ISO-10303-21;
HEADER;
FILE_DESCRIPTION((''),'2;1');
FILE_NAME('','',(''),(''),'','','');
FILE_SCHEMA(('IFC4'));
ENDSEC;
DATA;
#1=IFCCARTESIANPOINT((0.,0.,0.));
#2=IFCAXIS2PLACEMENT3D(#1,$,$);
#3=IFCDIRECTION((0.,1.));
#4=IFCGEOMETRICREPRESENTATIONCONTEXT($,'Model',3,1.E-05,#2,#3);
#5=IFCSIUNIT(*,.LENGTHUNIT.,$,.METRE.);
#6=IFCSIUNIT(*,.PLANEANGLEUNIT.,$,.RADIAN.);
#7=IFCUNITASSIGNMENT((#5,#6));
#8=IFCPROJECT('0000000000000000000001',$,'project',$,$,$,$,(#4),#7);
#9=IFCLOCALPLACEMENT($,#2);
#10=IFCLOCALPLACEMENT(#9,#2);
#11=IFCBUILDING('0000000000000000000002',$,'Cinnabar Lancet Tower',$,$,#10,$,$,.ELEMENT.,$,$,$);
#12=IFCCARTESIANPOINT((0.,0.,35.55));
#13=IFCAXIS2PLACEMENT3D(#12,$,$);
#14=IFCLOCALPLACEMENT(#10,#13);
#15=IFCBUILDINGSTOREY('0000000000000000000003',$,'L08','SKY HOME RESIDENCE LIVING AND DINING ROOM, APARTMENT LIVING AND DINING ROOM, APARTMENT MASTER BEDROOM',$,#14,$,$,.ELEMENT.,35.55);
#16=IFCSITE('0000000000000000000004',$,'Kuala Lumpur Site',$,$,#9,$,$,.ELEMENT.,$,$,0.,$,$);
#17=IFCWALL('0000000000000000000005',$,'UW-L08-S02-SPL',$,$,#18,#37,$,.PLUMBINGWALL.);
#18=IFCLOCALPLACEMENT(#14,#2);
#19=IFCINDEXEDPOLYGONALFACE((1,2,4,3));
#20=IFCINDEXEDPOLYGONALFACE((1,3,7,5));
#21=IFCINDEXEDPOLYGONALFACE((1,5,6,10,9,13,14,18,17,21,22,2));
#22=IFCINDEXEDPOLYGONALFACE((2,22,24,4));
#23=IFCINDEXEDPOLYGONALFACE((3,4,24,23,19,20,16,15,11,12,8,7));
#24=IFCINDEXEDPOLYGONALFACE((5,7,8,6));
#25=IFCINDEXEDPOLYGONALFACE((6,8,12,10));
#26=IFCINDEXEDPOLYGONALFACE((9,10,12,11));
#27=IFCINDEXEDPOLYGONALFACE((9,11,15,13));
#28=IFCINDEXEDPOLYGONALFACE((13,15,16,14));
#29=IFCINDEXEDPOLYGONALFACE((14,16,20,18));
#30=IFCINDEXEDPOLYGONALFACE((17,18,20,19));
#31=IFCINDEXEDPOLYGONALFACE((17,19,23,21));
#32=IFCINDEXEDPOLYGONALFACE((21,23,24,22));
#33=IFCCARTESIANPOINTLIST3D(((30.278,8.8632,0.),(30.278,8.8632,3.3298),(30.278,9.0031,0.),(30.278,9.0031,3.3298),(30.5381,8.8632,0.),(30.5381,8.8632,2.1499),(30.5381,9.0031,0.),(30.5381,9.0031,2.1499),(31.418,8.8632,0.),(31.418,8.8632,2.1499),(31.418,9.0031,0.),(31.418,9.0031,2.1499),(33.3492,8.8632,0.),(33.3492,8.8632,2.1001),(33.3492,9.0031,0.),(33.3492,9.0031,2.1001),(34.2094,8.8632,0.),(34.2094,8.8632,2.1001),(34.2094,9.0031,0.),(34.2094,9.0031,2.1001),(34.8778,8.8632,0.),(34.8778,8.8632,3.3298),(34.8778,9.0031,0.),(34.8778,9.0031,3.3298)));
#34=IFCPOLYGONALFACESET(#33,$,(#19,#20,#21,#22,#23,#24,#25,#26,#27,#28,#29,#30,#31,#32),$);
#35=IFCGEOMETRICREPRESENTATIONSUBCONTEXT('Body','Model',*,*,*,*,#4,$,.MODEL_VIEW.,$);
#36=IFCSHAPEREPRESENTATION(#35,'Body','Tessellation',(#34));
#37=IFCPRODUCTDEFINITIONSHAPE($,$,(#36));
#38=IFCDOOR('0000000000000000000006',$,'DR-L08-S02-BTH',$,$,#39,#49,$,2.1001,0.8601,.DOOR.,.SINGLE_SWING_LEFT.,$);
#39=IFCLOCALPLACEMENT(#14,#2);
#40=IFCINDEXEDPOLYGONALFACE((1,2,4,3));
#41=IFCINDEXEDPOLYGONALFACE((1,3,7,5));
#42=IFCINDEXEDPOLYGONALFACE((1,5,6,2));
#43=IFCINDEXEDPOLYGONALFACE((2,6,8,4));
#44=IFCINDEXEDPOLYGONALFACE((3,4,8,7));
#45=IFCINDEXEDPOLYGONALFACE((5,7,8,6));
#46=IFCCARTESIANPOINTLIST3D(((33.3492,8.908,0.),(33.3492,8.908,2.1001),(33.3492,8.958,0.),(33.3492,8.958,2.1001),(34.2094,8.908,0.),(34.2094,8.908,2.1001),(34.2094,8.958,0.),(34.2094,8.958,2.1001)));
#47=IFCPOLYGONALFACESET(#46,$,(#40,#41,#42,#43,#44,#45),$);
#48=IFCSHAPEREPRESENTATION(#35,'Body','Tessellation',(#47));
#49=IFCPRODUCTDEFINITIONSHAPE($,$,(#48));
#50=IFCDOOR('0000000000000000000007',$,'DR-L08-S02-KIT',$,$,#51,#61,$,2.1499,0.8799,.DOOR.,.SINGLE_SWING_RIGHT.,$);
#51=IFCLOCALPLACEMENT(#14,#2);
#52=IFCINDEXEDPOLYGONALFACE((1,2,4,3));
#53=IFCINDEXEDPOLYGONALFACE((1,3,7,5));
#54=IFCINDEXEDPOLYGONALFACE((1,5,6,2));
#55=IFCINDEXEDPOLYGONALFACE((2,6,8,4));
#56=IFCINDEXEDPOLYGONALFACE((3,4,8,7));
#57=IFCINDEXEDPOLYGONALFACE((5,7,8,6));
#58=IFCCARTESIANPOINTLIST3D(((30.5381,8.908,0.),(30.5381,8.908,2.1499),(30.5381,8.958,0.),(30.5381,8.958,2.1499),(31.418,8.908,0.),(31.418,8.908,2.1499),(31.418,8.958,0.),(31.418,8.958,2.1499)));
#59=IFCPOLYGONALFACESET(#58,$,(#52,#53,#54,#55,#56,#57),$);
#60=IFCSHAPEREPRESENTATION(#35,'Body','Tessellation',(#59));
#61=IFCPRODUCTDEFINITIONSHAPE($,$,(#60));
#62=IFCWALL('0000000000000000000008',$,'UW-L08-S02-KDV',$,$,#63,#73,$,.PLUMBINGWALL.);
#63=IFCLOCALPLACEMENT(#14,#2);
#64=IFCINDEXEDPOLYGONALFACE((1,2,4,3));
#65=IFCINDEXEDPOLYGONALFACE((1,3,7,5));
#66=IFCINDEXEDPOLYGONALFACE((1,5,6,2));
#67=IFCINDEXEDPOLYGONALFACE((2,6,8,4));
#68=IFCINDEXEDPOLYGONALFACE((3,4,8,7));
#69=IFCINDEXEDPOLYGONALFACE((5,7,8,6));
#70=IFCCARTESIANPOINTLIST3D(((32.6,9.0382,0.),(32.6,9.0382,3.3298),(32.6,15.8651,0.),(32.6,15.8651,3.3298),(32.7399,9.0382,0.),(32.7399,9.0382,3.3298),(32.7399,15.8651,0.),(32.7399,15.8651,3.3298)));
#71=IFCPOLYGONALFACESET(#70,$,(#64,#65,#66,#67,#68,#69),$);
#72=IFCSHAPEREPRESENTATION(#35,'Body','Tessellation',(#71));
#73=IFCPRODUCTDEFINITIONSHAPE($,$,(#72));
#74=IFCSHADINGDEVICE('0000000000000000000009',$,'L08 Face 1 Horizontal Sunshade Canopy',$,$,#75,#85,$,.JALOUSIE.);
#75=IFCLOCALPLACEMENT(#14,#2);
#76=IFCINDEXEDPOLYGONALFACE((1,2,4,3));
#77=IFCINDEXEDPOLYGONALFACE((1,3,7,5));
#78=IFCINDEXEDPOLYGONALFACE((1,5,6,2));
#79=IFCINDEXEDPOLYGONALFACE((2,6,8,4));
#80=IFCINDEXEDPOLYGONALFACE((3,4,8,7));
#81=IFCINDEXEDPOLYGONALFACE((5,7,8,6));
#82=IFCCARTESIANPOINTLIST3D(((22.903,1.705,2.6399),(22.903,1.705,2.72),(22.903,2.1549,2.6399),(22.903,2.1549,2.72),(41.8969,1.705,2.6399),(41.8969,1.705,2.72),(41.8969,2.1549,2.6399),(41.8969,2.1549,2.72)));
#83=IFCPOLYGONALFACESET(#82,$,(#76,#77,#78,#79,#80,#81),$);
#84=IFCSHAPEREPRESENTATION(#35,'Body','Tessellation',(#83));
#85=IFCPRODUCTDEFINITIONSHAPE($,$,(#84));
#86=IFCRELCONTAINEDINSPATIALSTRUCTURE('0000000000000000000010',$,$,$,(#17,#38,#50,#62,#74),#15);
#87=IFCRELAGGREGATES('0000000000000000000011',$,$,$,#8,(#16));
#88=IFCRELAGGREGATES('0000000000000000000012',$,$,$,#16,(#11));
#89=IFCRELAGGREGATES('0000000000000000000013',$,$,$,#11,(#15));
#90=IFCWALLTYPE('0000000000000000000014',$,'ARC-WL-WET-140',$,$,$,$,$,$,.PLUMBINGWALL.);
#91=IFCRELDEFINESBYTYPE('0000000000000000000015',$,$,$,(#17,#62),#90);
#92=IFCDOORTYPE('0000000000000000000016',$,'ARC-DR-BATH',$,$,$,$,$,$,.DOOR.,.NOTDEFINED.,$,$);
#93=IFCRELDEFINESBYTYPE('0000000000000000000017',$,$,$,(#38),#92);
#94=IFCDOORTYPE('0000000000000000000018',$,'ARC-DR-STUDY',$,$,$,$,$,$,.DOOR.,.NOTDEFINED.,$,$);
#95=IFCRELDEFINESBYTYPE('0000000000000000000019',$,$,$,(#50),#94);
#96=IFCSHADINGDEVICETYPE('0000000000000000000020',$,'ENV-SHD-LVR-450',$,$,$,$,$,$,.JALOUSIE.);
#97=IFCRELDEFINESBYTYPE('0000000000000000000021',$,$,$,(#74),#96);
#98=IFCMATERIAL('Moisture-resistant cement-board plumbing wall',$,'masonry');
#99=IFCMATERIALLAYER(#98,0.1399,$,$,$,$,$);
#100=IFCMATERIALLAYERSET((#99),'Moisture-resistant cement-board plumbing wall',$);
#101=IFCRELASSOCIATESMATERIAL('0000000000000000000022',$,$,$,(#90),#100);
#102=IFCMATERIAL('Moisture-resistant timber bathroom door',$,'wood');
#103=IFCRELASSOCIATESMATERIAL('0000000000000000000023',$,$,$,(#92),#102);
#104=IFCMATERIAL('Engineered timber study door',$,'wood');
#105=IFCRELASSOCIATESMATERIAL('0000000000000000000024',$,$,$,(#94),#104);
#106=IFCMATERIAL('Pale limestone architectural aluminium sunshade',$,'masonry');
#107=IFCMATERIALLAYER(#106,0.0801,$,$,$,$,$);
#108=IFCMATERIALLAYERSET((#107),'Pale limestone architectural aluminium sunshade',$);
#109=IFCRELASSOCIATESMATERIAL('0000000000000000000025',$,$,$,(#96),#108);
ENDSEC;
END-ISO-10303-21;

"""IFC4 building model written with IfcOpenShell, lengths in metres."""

from ifc_helpers import new_model, si_unit, direction, frame, frame_2d, origin, origin_2d, place, context, subcontext, project, spatial, rectangle, extrude, material, layer, layer_set, type_object, element, fill, save


model = new_model("IFC4")

# Units and contexts
model_context = context("Model", 3, precision=1e-05, world=origin(), true_north=direction((0.0, 1.0)))
body_context = subcontext(model_context, "Body", "Model", "MODEL_VIEW")
ifc_project = project(units=[si_unit("LENGTHUNIT", "METRE"), si_unit("PLANEANGLEUNIT", "RADIAN")], contexts=[model_context])

# Site, building, storey
site_placement = place(None, origin())
site = spatial("IfcSite", under=ifc_project, at=site_placement, Name="Kuala Lumpur Site", CompositionType="ELEMENT", RefElevation=0.0)
building_placement = place(site_placement, origin())
building = spatial("IfcBuilding", under=site, at=building_placement, Name="Cinnabar Lancet Tower", CompositionType="ELEMENT")
storey_placement = place(building_placement, frame((0.0, 0.0, 35.55)))
storey = spatial("IfcBuildingStorey", under=building, at=storey_placement, Name="L08", Description="SKY HOME RESIDENCE LIVING AND DINING ROOM, APARTMENT LIVING AND DINING ROOM, APARTMENT MASTER BEDROOM", CompositionType="ELEMENT", Elevation=35.55)

# Wall, openings, doors
ifc_material_1 = material(Name="Moisture-resistant cement-board plumbing wall", Category="masonry")
ifc_layer_1 = layer(ifc_material_1, 0.1399)
ifc_layer_set_1 = layer_set([ifc_layer_1], Name="Moisture-resistant cement-board plumbing wall")
wall_type_1 = type_object("IfcWallType", Name="ARC-WL-WET-140", PredefinedType="PLUMBINGWALL", material=ifc_layer_set_1)
wall_1_placement = place(storey_placement, frame((30.2781, 8.9331, 0.0), z_axis=(0.0, 0.0, 1.0), x_axis=(1.0, 0.0, 0.0)))
wall_1 = element("IfcWall", 1, at=wall_1_placement, inside=storey, type_object=wall_type_1, Name="UW-L08-S02-SPL", PredefinedType="PLUMBINGWALL", context=body_context, shape_type="SweptSolid", body=[
    extrude(rectangle(XDim=4.5999, YDim=0.1399, at=frame_2d((2.2998, 0.0))), origin(), (0.0, 0.0, 1.0), 3.3298),
])
opening_1_placement = place(wall_1_placement, frame((3.071, 0.0, 0.0)))
opening_1 = element("IfcOpeningElement", 2, at=opening_1_placement, cuts=wall_1, PredefinedType="OPENING", context=body_context, shape_type="SweptSolid", body=[
    extrude(rectangle(XDim=0.8601, YDim=2.1001, at=frame_2d((0.4302, 1.05))), frame((0.0, 0.0798, 0.0), z_axis=(0.0, -1.0, 0.0), x_axis=(1.0, 0.0, 0.0)), (0.0, 0.0, 1.0), 0.1599),
])
opening_2_placement = place(wall_1_placement, frame((0.26, 0.0, 0.0)))
opening_2 = element("IfcOpeningElement", 3, at=opening_2_placement, cuts=wall_1, PredefinedType="OPENING", context=body_context, shape_type="SweptSolid", body=[
    extrude(rectangle(XDim=0.8799, YDim=2.1499, at=frame_2d((0.4399, 1.075))), frame((0.0, 0.0798, 0.0), z_axis=(0.0, -1.0, 0.0), x_axis=(1.0, 0.0, 0.0)), (0.0, 0.0, 1.0), 0.1599),
])
ifc_material_2 = material(Name="Moisture-resistant timber bathroom door", Category="wood")
door_type_1 = type_object("IfcDoorType", Name="ARC-DR-BATH", OperationType="NOTDEFINED", PredefinedType="DOOR", material=ifc_material_2)
door_1_placement = place(opening_1_placement, origin())
door_1 = element("IfcDoor", 4, at=door_1_placement, inside=storey, type_object=door_type_1, Name="DR-L08-S02-BTH", OperationType="SINGLE_SWING_LEFT", OverallHeight=2.1001, OverallWidth=0.8601, PredefinedType="DOOR", context=body_context, shape_type="SweptSolid", body=[
    extrude(rectangle(XDim=0.8601, YDim=2.1001, at=frame_2d((0.4302, 1.05))), frame((0.0, 0.0249, 0.0), z_axis=(0.0, -1.0, 0.0), x_axis=(1.0, 0.0, 0.0)), (0.0, 0.0, 1.0), 0.05),
])
fill(opening_1, door_1)
ifc_material_3 = material(Name="Engineered timber study door", Category="wood")
door_type_2 = type_object("IfcDoorType", Name="ARC-DR-STUDY", OperationType="NOTDEFINED", PredefinedType="DOOR", material=ifc_material_3)
door_2_placement = place(opening_2_placement, origin())
door_2 = element("IfcDoor", 5, at=door_2_placement, inside=storey, type_object=door_type_2, Name="DR-L08-S02-KIT", OperationType="SINGLE_SWING_RIGHT", OverallHeight=2.1499, OverallWidth=0.8799, PredefinedType="DOOR", context=body_context, shape_type="SweptSolid", body=[
    extrude(rectangle(XDim=0.8799, YDim=2.1499, at=frame_2d((0.4399, 1.075))), frame((0.0, 0.0249, 0.0), z_axis=(0.0, -1.0, 0.0), x_axis=(1.0, 0.0, 0.0)), (0.0, 0.0, 1.0), 0.05),
])
fill(opening_2, door_2)

# Wall
wall_2_placement = place(storey_placement, frame((32.6699, 9.0381, 0.0), z_axis=(0.0, 0.0, 1.0), x_axis=(0.0, 1.0, 0.0)))
element("IfcWall", 6, at=wall_2_placement, inside=storey, type_object=wall_type_1, Name="UW-L08-S02-KDV", PredefinedType="PLUMBINGWALL", context=body_context, shape_type="SweptSolid", body=[
    extrude(rectangle(XDim=6.8269, YDim=0.1399, at=frame_2d((3.4136, 0.0))), origin(), (0.0, 0.0, 1.0), 3.3298),
])

# Shading device
ifc_material_4 = material(Name="Pale limestone architectural aluminium sunshade", Category="masonry")
ifc_layer_2 = layer(ifc_material_4, 0.0801)
ifc_layer_set_2 = layer_set([ifc_layer_2], Name="Pale limestone architectural aluminium sunshade")
shading_device_type = type_object("IfcShadingDeviceType", Name="ENV-SHD-LVR-450", PredefinedType="JALOUSIE", material=ifc_layer_set_2)
shading_device_placement = place(storey_placement, frame((32.3999, 1.9299, 2.6399), z_axis=(0.0, 0.0, 1.0), x_axis=(1.0, 0.0, 0.0)))
element("IfcShadingDevice", 7, at=shading_device_placement, inside=storey, type_object=shading_device_type, Name="L08 Face 1 Horizontal Sunshade Canopy", PredefinedType="JALOUSIE", context=body_context, shape_type="SweptSolid", body=[
    extrude(rectangle(XDim=18.9939, YDim=0.45, at=origin_2d()), origin(), (0.0, 0.0, 1.0), 0.0801),
])

save(model, "model.ifc")
